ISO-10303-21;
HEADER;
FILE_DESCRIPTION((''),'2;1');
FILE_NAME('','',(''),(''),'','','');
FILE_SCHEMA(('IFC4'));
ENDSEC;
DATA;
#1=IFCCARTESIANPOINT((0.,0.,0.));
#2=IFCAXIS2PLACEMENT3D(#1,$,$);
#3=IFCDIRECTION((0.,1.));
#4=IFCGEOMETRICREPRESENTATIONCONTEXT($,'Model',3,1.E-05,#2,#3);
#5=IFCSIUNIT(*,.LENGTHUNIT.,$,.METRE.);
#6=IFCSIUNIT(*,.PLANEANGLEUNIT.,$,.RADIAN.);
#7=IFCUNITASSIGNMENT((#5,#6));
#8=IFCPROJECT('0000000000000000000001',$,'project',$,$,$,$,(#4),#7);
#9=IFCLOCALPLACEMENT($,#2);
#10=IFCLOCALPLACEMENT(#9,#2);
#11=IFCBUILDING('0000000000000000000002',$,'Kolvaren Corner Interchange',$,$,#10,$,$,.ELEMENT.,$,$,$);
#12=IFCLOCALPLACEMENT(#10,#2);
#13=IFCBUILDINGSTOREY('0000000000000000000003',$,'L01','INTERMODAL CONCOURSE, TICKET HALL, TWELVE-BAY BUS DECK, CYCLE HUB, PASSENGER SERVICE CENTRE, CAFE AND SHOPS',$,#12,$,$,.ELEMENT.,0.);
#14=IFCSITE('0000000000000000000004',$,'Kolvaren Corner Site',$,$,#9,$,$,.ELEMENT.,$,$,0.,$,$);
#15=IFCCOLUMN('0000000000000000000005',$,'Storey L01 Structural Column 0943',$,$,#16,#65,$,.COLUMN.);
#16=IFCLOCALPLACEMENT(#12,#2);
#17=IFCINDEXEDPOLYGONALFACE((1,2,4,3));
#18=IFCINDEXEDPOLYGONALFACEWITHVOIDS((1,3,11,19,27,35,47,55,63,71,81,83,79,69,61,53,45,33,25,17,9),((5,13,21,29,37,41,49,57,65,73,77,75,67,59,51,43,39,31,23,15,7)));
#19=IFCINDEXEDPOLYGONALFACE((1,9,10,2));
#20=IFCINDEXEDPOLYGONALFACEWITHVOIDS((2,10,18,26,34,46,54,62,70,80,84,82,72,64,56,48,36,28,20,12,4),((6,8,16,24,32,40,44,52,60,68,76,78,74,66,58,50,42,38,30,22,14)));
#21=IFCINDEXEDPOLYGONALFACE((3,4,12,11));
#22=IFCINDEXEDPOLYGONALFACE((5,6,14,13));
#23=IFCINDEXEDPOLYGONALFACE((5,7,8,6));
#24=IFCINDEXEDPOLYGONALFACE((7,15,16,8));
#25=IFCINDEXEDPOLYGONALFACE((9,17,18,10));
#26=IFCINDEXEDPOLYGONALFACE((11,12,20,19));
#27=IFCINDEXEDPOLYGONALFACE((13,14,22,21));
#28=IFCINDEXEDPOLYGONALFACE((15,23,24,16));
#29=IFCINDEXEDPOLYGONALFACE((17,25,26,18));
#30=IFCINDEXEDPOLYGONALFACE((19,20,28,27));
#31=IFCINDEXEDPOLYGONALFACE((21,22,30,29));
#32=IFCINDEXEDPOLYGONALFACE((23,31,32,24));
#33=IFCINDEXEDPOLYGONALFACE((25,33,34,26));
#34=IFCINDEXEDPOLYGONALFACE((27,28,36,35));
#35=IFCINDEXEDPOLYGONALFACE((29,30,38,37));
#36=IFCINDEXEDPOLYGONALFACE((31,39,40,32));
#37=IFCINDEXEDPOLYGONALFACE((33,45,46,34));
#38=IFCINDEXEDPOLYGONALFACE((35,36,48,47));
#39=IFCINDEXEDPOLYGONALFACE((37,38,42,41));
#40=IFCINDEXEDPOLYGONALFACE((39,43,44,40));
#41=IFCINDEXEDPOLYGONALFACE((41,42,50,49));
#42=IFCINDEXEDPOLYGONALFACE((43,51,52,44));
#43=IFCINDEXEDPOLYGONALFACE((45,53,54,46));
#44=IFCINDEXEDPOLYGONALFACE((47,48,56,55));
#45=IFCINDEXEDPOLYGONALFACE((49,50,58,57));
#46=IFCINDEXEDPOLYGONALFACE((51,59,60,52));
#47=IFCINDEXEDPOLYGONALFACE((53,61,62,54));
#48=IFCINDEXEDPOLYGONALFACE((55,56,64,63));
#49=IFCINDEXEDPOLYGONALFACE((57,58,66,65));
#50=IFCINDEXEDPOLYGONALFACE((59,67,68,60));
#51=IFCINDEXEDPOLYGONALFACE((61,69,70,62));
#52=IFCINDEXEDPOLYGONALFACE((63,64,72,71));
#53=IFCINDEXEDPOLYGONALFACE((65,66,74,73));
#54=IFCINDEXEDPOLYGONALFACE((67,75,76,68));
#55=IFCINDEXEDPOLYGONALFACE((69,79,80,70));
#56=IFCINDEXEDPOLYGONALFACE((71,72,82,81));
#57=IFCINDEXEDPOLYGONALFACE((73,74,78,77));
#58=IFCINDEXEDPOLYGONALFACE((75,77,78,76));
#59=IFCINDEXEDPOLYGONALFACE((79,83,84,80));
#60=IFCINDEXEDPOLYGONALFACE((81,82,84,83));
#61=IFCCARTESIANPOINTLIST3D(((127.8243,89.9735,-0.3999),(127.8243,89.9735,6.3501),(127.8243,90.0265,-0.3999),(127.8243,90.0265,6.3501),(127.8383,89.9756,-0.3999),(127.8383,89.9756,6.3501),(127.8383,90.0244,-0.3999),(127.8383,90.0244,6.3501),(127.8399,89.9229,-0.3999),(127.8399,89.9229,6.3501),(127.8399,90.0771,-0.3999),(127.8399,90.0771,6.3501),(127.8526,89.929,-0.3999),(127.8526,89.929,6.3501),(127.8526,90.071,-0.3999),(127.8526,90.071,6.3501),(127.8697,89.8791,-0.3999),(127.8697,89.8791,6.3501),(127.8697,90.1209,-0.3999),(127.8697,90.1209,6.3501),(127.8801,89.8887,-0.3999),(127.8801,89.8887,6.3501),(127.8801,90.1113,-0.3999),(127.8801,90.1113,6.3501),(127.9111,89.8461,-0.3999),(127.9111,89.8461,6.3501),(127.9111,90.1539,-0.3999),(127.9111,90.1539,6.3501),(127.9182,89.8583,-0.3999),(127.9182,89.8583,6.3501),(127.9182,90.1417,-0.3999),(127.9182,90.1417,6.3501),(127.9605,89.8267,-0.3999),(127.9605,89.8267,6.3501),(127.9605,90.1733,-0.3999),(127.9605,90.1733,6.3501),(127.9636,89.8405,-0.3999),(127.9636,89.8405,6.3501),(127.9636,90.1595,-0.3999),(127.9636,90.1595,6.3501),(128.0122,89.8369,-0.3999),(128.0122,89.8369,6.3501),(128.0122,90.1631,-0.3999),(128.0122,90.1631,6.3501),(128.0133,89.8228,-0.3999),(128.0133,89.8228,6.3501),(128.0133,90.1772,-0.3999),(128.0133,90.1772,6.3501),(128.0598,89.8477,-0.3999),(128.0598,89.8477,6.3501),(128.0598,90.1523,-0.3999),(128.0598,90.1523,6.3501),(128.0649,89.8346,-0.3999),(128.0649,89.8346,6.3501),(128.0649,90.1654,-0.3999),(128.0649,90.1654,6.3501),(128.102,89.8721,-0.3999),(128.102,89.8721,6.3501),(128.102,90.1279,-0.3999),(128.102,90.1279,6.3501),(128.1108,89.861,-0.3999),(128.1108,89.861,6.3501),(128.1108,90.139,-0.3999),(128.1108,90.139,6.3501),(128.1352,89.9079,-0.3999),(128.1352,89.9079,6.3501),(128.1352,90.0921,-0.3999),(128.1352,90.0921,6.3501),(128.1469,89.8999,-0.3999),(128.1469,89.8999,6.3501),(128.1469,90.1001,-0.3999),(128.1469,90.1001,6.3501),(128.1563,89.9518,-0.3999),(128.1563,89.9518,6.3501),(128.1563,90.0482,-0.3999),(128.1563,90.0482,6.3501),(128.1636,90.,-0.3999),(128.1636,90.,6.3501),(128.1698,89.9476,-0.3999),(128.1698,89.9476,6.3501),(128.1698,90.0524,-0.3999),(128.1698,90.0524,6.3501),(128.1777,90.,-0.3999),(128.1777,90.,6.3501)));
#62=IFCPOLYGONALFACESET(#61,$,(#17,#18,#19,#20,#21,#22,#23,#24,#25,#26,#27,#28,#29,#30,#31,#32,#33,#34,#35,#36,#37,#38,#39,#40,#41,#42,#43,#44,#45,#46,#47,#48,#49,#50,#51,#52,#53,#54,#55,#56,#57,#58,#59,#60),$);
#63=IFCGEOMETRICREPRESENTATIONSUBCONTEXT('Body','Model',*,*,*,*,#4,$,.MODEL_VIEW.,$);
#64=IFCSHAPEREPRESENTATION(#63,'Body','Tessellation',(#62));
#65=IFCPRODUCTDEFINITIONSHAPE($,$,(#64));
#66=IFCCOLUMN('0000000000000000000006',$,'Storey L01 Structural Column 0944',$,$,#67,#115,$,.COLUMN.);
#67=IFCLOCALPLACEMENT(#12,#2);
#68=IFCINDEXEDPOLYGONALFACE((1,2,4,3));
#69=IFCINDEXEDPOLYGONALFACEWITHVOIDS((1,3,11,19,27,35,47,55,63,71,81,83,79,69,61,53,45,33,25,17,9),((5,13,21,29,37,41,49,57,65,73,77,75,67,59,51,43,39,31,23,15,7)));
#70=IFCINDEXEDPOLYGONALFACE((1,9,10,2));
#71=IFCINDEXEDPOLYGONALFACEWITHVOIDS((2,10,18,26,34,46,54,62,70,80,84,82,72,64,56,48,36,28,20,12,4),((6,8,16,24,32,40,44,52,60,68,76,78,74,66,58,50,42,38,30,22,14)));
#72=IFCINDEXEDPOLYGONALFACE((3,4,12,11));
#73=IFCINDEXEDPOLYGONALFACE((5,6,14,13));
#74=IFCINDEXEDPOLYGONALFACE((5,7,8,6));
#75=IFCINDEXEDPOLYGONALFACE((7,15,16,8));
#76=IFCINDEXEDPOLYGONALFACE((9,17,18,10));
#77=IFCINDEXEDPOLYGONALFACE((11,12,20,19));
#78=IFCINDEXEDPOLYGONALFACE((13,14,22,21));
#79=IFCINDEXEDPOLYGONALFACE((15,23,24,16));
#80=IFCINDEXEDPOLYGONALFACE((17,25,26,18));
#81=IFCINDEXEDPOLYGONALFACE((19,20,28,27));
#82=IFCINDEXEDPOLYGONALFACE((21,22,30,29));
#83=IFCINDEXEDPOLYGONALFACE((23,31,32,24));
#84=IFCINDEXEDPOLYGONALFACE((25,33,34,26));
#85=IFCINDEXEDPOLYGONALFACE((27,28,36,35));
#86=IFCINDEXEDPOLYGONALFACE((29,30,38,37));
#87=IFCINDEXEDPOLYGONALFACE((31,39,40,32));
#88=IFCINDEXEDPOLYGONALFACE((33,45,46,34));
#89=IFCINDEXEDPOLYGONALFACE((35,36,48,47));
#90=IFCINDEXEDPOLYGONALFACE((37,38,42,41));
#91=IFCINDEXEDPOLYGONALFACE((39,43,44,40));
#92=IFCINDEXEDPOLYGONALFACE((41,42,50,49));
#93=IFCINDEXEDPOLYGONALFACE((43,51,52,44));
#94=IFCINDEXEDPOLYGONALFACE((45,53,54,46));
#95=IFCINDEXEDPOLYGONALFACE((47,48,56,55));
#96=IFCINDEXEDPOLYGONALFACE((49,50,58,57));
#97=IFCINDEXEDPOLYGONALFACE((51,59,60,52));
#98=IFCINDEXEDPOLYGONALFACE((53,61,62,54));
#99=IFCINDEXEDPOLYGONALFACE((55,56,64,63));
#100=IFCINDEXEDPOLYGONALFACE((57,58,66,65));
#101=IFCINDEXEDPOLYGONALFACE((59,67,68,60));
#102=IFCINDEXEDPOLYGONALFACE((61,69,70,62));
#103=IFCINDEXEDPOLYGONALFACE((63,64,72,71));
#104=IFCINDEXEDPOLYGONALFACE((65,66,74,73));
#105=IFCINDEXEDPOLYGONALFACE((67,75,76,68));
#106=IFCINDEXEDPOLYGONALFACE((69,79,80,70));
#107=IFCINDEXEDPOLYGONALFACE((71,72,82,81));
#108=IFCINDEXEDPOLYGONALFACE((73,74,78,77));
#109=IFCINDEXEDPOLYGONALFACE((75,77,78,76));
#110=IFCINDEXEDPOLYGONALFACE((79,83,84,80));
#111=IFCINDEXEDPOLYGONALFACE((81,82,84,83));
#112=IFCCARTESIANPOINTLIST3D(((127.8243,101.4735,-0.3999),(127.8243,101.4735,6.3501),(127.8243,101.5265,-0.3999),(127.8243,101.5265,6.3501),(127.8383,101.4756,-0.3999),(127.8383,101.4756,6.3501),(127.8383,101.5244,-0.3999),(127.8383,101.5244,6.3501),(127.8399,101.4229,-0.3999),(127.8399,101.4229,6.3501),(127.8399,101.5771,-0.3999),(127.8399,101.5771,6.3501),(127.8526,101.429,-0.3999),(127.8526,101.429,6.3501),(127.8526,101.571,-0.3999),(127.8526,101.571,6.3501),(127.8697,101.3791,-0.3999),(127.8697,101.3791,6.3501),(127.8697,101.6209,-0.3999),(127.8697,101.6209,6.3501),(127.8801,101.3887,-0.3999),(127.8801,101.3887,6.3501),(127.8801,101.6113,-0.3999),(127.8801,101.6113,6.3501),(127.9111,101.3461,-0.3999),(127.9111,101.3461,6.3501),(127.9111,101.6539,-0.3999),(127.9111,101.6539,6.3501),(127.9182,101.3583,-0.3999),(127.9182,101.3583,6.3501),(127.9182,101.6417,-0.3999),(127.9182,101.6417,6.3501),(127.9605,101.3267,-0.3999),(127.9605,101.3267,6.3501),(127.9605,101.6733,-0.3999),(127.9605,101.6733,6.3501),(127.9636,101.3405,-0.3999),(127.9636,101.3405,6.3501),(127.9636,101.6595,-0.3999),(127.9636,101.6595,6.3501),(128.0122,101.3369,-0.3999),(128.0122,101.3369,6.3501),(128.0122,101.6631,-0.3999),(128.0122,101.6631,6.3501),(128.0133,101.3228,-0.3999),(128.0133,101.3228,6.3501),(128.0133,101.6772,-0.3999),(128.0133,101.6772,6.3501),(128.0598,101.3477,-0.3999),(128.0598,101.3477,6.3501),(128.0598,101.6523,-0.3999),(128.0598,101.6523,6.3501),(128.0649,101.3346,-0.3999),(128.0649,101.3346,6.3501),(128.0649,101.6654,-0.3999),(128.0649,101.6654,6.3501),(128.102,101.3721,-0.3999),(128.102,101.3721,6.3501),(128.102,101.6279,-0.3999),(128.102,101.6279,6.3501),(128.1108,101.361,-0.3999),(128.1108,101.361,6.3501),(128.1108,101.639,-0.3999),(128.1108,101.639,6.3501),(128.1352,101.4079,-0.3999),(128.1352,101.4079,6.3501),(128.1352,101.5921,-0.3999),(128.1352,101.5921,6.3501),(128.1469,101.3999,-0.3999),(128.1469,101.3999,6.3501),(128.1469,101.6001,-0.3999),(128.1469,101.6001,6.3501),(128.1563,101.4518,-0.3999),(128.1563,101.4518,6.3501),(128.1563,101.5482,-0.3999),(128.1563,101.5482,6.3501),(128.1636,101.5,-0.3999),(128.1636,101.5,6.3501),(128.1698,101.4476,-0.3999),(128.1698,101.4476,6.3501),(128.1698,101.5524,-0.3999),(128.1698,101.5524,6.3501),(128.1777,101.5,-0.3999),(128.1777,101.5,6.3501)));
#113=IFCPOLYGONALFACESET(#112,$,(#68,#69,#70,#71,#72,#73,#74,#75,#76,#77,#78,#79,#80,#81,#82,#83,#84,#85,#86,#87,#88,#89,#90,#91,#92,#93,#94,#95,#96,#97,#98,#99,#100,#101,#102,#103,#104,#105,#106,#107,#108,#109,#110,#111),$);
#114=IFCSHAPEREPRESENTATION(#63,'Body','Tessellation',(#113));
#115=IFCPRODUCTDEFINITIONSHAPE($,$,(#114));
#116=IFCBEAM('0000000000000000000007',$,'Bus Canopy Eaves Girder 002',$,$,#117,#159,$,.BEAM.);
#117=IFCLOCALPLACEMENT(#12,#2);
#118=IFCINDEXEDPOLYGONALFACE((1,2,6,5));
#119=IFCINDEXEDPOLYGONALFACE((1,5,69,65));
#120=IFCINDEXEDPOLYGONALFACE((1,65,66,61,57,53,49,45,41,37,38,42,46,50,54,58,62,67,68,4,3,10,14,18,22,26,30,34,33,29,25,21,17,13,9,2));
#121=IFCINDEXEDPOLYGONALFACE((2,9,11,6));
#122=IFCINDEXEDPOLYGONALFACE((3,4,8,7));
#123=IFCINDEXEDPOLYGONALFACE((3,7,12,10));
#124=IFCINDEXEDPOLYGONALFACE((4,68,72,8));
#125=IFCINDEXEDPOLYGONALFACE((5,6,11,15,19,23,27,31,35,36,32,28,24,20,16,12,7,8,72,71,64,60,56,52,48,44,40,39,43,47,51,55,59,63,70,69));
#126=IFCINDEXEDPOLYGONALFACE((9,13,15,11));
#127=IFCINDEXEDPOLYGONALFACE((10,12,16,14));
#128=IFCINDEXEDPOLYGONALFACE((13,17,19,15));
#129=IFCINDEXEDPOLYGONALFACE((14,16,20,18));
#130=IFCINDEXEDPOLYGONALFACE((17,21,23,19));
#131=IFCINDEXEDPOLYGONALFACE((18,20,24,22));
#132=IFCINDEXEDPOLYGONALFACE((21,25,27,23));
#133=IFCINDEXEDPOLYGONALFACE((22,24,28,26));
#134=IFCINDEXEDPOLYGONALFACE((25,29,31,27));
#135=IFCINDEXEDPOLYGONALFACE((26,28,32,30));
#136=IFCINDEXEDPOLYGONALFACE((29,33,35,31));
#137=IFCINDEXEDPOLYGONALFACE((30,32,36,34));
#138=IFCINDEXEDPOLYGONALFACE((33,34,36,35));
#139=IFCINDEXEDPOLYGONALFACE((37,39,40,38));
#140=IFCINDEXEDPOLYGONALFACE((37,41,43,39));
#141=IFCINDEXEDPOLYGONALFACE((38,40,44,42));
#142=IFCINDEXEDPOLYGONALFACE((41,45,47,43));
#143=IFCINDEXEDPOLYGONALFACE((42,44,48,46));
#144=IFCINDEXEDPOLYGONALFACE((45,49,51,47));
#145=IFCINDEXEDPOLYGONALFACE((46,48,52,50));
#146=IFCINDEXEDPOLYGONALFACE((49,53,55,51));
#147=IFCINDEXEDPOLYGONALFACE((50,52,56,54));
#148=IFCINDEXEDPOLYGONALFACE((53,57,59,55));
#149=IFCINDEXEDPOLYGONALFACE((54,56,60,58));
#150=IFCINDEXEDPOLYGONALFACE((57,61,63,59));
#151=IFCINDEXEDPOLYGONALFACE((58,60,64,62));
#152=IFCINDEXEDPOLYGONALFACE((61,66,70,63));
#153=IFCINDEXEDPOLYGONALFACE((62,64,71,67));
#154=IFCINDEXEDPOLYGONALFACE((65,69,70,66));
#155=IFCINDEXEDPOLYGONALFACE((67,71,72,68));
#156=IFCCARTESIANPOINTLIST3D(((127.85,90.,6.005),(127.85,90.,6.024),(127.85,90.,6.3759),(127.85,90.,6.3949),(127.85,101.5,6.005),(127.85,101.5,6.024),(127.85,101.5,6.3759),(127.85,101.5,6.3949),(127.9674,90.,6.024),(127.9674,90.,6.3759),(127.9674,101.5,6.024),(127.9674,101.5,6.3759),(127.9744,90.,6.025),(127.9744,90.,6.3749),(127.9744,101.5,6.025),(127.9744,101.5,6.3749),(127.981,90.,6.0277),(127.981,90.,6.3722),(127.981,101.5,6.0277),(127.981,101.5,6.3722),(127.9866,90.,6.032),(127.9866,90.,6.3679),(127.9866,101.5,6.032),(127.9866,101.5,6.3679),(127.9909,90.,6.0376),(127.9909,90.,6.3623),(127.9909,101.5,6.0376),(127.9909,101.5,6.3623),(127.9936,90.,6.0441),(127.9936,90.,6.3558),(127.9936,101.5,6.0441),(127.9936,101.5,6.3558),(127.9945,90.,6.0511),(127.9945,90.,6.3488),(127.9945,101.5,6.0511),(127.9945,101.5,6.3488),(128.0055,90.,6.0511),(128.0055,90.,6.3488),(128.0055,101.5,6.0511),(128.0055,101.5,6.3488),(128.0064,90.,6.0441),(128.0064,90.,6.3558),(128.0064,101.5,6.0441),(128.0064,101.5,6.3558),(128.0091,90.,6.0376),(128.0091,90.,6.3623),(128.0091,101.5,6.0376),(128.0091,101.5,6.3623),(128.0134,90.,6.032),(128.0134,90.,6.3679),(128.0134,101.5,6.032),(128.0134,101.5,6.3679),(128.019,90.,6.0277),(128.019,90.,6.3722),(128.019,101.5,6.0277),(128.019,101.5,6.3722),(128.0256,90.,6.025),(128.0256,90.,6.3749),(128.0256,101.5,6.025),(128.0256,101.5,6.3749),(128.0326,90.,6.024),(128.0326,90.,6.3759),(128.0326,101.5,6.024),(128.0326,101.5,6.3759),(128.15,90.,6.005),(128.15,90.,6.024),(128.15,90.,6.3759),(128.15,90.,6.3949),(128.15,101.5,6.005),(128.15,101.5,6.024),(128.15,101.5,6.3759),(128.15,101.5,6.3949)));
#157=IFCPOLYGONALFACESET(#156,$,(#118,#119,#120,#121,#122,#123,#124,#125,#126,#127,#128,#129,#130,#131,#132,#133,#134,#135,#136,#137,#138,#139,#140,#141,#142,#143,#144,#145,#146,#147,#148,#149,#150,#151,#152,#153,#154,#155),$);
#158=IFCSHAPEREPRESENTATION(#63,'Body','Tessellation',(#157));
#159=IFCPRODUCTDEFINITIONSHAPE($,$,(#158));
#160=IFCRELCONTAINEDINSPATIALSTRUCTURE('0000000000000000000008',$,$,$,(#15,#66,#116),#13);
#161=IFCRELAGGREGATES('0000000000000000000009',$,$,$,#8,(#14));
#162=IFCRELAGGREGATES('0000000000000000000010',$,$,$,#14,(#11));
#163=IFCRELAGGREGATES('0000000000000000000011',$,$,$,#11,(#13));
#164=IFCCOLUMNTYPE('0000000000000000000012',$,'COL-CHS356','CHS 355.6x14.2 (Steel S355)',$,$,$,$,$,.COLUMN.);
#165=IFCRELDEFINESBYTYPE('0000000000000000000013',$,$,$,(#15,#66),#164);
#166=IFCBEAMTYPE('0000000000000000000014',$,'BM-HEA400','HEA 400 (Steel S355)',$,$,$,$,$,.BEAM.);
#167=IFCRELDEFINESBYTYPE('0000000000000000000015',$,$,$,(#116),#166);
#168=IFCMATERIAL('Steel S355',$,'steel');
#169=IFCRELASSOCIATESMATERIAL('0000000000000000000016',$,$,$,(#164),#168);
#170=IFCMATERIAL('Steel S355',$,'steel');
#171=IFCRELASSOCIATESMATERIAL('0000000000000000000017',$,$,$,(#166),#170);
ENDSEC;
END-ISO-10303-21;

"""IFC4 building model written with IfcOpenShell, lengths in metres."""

from ifc_helpers import new_model, si_unit, direction, frame, origin, origin_2d, place, context, subcontext, project, spatial, hollow_circle, i_section, extrude, material, material_profile, profile_set, type_object, element, save


model = new_model("IFC4")

# Units and contexts
model_context = context("Model", 3, precision=1e-05, world=origin(), true_north=direction((0.0, 1.0)))
body_context = subcontext(model_context, "Body", "Model", "MODEL_VIEW")
ifc_project = project(units=[si_unit("LENGTHUNIT", "METRE"), si_unit("PLANEANGLEUNIT", "RADIAN")], contexts=[model_context])

# Site, building, storey
site_placement = place(None, origin())
site = spatial("IfcSite", under=ifc_project, at=site_placement, Name="Kolvaren Corner Site", CompositionType="ELEMENT", RefElevation=0.0)
building_placement = place(site_placement, origin())
building = spatial("IfcBuilding", under=site, at=building_placement, Name="Kolvaren Corner Interchange", CompositionType="ELEMENT")
storey_placement = place(building_placement, origin())
storey = spatial("IfcBuildingStorey", under=building, at=storey_placement, Name="L01", Description="INTERMODAL CONCOURSE, TICKET HALL, TWELVE-BAY BUS DECK, CYCLE HUB, PASSENGER SERVICE CENTRE, CAFE AND SHOPS", CompositionType="ELEMENT", Elevation=0.0)

# Columns
ifc_material_1 = material(Name="Steel S355", Category="steel")
ifc_material_profile_1 = material_profile(ifc_material_1, hollow_circle(Radius=0.1777, WallThickness=0.0142, at=origin_2d()), Name="CHS 355.6x14.2")
ifc_profile_set_1 = profile_set([ifc_material_profile_1], Name="Steel S355")
column_type = type_object("IfcColumnType", Name="COL-CHS356", Description="CHS 355.6x14.2 (Steel S355)", PredefinedType="COLUMN", material=ifc_profile_set_1)
for number, where, z_axis, x_axis, name in (
    (1, (128.0, 90.0, -0.3999), (0.0, 0.0, 1.0), (1.0, 0.0, 0.0), "Storey L01 Structural Column 0943"),
    (2, (128.0, 101.5, -0.3999), (0.0, 0.0, 1.0), (1.0, 0.0, 0.0), "Storey L01 Structural Column 0944"),
):
    element("IfcColumn", number, at=place(storey_placement, frame(where, z_axis=z_axis, x_axis=x_axis)), inside=storey, type_object=column_type, Name=name, PredefinedType="COLUMN", context=body_context, shape_type="SweptSolid", body=[
        extrude(hollow_circle(Radius=0.1777, WallThickness=0.0142, at=origin_2d()), origin(), (0.0, 0.0, 1.0), 6.75),
    ])

# Beam
ifc_material_2 = material(Name="Steel S355", Category="steel")
ifc_material_profile_2 = material_profile(ifc_material_2, i_section(OverallWidth=0.3, OverallDepth=0.3899, WebThickness=0.011, FlangeThickness=0.019, FilletRadius=0.0271, at=origin_2d()), Name="HEA 400")
ifc_profile_set_2 = profile_set([ifc_material_profile_2], Name="Steel S355")
beam_type = type_object("IfcBeamType", Name="BM-HEA400", Description="HEA 400 (Steel S355)", PredefinedType="BEAM", material=ifc_profile_set_2)
beam_placement = place(storey_placement, frame((128.0, 90.0, 6.2), z_axis=(0.0, 1.0, 0.0), x_axis=(-1.0, 0.0, 0.0)))
element("IfcBeam", 3, at=beam_placement, inside=storey, type_object=beam_type, Name="Bus Canopy Eaves Girder 002", PredefinedType="BEAM", context=body_context, shape_type="SweptSolid", body=[
    extrude(i_section(OverallWidth=0.3, OverallDepth=0.3899, WebThickness=0.011, FlangeThickness=0.019, FilletRadius=0.0271, at=origin_2d()), origin(), (0.0, 0.0, 1.0), 11.5),
])

save(model, "model.ifc")
